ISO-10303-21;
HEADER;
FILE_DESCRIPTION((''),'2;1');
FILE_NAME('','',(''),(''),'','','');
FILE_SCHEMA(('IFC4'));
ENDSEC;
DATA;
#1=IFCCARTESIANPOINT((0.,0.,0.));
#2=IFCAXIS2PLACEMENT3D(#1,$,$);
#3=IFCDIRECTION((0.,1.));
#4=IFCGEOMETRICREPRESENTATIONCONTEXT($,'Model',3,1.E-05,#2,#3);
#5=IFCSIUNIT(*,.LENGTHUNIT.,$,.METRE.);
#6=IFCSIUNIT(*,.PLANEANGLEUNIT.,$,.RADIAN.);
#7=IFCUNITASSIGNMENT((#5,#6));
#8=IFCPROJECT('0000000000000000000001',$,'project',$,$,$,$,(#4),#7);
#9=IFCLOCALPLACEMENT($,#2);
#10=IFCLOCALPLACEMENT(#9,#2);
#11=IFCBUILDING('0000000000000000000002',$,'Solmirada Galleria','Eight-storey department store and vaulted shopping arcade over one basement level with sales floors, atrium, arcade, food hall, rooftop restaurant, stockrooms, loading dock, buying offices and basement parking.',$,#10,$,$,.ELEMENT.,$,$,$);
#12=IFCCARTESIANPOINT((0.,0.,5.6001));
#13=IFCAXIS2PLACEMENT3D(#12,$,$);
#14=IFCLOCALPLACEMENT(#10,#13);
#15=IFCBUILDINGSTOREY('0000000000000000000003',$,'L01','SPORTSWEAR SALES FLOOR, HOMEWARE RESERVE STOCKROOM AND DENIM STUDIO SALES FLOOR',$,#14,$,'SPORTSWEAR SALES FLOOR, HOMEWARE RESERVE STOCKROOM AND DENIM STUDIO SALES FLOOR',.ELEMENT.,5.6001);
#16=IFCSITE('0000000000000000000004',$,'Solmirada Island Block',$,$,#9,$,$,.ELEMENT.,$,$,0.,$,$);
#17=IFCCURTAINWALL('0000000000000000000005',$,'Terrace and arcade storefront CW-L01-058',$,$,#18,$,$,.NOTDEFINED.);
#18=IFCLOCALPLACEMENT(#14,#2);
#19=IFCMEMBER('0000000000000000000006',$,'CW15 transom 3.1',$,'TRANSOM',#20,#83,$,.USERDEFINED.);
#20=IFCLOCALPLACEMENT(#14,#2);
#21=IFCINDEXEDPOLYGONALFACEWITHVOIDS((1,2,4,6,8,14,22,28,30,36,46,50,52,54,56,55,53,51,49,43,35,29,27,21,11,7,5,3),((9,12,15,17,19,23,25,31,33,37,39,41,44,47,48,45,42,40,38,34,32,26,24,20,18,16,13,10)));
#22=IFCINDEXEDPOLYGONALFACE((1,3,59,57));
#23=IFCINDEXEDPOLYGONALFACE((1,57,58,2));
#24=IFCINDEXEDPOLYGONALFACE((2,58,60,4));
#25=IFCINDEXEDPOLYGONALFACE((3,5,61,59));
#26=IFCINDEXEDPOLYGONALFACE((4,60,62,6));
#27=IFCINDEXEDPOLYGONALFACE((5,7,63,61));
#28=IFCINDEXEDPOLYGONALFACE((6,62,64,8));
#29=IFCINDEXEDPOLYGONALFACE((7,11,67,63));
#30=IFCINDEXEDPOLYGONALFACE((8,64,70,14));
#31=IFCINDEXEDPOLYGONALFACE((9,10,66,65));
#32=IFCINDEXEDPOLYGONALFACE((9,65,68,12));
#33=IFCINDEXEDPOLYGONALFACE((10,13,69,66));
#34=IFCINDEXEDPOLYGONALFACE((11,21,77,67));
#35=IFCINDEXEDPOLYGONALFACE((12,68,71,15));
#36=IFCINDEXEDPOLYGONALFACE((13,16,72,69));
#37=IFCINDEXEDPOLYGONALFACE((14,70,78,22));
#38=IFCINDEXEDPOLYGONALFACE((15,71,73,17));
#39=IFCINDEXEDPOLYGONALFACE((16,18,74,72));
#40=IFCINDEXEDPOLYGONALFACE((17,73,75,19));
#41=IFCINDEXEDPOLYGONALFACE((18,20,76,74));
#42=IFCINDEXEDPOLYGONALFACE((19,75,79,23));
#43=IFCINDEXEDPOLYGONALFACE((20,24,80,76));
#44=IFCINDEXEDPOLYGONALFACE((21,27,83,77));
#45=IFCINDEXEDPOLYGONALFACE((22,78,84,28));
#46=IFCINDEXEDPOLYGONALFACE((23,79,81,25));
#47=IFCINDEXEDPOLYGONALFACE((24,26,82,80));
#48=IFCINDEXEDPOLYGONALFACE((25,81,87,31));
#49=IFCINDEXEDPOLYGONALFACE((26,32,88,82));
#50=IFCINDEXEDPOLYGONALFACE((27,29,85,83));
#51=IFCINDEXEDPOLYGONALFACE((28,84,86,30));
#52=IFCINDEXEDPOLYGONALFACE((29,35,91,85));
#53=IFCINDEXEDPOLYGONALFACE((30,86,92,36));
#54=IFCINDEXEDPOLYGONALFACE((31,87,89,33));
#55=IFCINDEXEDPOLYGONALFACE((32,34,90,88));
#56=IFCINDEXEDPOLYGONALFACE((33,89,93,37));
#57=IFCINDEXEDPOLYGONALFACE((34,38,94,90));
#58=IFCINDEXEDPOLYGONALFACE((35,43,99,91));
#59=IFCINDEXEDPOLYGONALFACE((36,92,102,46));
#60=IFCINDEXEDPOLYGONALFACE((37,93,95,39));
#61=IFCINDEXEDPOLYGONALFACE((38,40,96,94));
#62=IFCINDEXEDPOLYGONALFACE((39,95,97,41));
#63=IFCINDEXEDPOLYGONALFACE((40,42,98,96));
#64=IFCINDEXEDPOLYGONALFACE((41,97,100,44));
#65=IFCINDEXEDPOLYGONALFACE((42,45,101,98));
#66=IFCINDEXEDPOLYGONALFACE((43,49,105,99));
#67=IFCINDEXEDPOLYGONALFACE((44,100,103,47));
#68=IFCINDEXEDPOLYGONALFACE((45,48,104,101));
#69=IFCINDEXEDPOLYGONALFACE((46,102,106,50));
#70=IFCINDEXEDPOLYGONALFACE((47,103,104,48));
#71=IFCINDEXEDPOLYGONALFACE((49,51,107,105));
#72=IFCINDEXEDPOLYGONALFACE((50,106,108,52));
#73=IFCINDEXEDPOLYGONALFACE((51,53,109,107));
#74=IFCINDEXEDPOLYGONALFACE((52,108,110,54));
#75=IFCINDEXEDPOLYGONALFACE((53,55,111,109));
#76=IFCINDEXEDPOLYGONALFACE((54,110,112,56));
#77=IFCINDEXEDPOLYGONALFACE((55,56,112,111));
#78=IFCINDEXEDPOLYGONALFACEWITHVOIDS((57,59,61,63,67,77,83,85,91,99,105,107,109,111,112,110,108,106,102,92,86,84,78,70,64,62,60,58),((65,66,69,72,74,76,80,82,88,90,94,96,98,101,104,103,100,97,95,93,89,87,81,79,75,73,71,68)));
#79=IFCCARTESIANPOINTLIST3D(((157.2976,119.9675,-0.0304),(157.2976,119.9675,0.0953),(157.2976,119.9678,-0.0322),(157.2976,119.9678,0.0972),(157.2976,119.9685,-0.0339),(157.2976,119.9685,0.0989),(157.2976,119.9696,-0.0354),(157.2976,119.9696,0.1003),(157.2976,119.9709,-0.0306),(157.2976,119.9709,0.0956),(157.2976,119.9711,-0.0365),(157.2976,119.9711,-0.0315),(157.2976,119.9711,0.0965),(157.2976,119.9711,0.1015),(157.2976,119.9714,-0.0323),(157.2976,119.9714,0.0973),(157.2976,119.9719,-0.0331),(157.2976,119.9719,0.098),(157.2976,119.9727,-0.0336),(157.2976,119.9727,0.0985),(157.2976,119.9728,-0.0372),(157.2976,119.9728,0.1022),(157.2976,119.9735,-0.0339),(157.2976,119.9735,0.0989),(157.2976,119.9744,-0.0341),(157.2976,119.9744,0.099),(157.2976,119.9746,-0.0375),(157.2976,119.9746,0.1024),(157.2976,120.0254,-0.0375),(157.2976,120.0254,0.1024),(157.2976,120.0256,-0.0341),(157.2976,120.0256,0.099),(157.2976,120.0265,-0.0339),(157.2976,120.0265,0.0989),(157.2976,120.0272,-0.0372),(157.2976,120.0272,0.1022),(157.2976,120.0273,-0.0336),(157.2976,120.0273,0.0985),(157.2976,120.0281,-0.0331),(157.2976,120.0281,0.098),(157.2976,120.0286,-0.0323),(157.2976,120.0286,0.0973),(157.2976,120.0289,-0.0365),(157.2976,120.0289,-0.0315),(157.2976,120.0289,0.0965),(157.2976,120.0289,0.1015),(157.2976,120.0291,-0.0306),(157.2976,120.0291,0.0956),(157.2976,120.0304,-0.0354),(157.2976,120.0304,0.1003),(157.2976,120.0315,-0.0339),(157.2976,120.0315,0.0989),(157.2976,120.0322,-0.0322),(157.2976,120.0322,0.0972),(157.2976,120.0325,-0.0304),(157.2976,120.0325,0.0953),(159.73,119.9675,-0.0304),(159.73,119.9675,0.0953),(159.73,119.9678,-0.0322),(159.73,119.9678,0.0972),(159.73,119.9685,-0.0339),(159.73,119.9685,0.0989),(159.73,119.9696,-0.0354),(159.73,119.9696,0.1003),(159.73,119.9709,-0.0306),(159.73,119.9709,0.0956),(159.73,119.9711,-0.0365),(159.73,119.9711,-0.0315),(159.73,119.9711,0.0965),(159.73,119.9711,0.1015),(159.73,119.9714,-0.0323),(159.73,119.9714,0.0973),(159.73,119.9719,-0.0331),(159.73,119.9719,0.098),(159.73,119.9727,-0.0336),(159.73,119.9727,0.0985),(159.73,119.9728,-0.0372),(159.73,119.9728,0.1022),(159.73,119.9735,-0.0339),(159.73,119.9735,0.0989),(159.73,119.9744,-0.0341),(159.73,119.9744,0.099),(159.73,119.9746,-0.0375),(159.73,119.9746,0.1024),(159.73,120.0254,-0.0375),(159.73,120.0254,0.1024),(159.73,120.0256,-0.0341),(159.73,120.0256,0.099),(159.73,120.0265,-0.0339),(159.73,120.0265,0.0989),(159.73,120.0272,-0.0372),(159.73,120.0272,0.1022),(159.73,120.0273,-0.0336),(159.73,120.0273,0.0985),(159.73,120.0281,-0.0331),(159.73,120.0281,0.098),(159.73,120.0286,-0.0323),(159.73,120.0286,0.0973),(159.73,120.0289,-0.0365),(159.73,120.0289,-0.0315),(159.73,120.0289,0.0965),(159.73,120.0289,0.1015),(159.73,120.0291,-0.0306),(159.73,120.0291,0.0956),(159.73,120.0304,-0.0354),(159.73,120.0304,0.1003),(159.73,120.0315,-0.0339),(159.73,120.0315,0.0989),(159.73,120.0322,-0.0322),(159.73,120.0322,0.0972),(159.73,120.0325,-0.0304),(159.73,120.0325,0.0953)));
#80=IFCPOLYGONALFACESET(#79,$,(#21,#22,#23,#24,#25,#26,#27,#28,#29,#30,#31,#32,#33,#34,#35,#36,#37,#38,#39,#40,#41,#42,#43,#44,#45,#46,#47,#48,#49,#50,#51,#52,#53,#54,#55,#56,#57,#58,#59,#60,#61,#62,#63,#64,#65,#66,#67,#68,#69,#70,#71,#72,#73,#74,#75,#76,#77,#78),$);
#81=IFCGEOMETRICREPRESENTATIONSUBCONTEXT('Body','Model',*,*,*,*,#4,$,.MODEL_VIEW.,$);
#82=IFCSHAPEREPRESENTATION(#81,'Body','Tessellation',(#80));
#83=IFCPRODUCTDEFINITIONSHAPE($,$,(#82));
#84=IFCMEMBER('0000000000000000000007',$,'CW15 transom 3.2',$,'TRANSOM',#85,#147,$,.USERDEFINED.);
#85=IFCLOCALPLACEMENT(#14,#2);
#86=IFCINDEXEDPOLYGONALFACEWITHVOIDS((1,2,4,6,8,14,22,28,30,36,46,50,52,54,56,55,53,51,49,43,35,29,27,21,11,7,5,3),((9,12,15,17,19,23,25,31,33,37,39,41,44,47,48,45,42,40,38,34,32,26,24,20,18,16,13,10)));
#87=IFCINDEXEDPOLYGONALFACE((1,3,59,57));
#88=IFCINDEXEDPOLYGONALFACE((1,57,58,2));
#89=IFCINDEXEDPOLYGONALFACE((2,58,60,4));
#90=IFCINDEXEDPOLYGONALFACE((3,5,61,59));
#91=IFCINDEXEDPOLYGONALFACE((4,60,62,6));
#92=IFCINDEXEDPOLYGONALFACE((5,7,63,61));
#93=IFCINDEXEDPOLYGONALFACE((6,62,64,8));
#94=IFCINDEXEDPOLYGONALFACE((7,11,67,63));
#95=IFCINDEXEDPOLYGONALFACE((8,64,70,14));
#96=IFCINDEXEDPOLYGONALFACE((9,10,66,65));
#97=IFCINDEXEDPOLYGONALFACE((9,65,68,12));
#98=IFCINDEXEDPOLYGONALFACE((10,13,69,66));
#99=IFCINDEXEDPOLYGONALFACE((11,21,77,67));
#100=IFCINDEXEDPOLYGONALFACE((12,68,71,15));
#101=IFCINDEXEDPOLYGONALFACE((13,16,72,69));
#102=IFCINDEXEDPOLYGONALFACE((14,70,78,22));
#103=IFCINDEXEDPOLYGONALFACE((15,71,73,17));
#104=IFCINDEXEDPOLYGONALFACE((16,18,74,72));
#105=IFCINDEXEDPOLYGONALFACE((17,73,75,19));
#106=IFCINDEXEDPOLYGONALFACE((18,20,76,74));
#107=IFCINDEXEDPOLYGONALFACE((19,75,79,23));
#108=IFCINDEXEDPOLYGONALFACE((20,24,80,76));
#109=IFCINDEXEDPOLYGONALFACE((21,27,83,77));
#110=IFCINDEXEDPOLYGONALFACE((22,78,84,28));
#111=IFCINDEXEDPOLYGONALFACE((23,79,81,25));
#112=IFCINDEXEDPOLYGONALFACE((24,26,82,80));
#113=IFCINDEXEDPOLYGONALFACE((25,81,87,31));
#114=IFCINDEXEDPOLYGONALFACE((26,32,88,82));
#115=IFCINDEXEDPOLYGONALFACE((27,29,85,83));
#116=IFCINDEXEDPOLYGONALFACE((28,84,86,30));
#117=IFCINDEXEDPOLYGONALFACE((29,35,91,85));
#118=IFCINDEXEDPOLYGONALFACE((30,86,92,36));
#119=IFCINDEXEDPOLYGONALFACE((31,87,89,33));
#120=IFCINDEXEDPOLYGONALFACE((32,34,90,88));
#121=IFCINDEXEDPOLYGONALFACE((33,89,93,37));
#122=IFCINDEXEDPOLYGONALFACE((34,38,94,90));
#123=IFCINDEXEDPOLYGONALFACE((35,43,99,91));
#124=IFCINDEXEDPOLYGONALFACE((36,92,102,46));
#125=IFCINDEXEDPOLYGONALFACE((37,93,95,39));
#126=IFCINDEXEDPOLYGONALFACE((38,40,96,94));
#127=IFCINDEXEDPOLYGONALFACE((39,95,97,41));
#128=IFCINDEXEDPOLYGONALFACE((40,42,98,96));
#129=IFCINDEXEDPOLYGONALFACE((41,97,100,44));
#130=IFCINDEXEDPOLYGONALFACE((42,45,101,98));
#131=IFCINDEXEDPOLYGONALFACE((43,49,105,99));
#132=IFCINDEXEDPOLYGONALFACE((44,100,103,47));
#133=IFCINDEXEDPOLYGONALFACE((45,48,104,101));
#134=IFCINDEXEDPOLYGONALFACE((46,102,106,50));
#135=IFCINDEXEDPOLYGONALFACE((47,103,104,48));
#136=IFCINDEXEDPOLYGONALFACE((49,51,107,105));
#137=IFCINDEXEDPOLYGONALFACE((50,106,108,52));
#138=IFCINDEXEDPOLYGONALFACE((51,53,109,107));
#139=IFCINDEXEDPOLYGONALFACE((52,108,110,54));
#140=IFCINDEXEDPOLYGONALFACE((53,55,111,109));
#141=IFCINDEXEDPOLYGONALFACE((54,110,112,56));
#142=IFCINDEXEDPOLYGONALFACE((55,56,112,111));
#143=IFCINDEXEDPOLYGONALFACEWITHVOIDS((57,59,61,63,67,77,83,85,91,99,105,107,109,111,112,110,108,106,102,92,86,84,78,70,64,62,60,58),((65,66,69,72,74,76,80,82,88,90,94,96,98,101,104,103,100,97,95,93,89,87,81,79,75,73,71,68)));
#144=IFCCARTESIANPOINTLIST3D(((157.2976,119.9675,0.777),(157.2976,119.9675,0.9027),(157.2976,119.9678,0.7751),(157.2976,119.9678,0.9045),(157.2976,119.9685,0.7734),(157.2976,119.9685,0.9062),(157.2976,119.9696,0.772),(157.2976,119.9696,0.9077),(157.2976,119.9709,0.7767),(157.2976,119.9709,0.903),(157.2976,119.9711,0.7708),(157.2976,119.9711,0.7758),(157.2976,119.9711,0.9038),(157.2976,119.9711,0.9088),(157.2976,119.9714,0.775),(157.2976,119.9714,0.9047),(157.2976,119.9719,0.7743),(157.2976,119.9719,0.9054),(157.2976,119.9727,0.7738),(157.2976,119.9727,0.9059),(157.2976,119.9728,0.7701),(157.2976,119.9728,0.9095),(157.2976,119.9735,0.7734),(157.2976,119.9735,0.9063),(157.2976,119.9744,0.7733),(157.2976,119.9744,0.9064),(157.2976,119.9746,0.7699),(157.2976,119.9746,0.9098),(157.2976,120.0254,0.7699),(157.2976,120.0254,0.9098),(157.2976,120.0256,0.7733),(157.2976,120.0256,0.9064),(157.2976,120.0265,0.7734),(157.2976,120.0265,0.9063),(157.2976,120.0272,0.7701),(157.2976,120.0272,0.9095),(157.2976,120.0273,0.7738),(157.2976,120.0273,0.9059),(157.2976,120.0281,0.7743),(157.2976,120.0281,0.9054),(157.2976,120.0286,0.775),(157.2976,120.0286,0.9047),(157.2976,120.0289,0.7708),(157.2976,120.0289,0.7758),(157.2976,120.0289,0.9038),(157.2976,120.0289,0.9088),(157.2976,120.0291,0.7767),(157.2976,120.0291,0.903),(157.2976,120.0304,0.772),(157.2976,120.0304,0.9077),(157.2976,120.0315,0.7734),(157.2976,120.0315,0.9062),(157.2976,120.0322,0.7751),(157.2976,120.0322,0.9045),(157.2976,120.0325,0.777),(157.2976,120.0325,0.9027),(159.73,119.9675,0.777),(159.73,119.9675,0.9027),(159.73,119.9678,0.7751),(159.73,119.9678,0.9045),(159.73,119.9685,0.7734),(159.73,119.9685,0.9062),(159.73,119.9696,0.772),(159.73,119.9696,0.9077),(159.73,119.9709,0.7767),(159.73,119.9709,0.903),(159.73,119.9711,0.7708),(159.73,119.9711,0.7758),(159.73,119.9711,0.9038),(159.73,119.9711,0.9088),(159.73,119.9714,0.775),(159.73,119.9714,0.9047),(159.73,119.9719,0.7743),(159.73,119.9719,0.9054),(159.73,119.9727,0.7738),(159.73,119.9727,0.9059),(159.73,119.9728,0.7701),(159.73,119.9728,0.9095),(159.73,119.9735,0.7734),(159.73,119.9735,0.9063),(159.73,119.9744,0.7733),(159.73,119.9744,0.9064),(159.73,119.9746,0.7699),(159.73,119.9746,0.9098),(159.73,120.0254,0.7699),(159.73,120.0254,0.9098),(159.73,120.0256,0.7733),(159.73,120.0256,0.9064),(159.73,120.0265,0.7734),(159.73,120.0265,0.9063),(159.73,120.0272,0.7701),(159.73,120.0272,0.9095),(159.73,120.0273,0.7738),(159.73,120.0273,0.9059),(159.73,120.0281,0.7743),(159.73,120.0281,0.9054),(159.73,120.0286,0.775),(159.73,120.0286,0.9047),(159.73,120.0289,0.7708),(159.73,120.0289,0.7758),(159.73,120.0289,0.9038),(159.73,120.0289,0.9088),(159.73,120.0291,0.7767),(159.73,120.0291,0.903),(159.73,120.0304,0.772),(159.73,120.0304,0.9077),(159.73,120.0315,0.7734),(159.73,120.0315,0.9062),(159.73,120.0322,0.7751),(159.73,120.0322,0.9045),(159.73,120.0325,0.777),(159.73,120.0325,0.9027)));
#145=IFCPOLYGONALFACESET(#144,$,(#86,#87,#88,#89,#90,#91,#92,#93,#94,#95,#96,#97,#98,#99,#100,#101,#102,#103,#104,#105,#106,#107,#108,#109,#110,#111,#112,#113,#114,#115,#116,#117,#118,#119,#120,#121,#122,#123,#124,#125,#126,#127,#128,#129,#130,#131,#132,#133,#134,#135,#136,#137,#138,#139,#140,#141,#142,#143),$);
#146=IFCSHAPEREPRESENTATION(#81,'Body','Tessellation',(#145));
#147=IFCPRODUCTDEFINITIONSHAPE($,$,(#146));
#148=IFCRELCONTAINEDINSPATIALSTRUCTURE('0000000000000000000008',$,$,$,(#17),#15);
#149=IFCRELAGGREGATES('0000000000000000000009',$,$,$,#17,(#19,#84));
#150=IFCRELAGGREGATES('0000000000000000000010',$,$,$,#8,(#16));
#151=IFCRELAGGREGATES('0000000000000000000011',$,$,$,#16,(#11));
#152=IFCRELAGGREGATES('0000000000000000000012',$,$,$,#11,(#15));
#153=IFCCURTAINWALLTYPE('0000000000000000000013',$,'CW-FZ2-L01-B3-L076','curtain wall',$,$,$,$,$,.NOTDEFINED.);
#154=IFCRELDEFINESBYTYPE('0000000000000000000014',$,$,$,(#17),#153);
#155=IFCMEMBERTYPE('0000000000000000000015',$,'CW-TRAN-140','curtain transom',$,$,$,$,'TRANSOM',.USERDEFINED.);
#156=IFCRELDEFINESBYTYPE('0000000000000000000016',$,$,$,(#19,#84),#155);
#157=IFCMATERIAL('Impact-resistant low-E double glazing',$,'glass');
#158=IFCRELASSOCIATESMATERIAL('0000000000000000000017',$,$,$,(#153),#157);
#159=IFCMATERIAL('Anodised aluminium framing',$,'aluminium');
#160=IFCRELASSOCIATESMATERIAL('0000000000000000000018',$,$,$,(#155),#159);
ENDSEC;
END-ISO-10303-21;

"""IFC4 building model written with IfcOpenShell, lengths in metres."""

from ifc_helpers import new_model, si_unit, direction, frame, origin, origin_2d, place, context, subcontext, project, spatial, hollow_rectangle, extrude, material, material_profile, profile_set, type_object, element, aggregate, save


model = new_model("IFC4")

# Units and contexts
model_context = context("Model", 3, precision=1e-05, world=origin(), true_north=direction((0.0, 1.0)))
body_context = subcontext(model_context, "Body", "Model", "MODEL_VIEW")
ifc_project = project(units=[si_unit("LENGTHUNIT", "METRE"), si_unit("PLANEANGLEUNIT", "RADIAN")], contexts=[model_context])

# Site, building, storey
site_placement = place(None, origin())
site = spatial("IfcSite", under=ifc_project, at=site_placement, Name="Solmirada Island Block", CompositionType="ELEMENT", RefElevation=0.0)
building_placement = place(site_placement, origin())
building = spatial("IfcBuilding", under=site, at=building_placement, Name="Solmirada Galleria", Description="Eight-storey department store and vaulted shopping arcade over one basement level with sales floors, atrium, arcade, food hall, rooftop restaurant, stockrooms, loading dock, buying offices and basement parking.", CompositionType="ELEMENT")
storey_placement = place(building_placement, frame((0.0, 0.0, 5.6001)))
storey = spatial("IfcBuildingStorey", under=building, at=storey_placement, Name="L01", Description="SPORTSWEAR SALES FLOOR, HOMEWARE RESERVE STOCKROOM AND DENIM STUDIO SALES FLOOR", LongName="SPORTSWEAR SALES FLOOR, HOMEWARE RESERVE STOCKROOM AND DENIM STUDIO SALES FLOOR", CompositionType="ELEMENT", Elevation=5.6001)

# Curtain wall, members
ifc_material_1 = material(Name="Impact-resistant low-E double glazing", Category="glass")
curtain_wall_type = type_object("IfcCurtainWallType", Name="CW-FZ2-L01-B3-L076", Description="curtain wall", PredefinedType="NOTDEFINED", material=ifc_material_1)
curtain_wall_placement = place(storey_placement, origin())
curtain_wall = element("IfcCurtainWall", 1, at=curtain_wall_placement, inside=storey, type_object=curtain_wall_type, Name="Terrace and arcade storefront CW-L01-058", PredefinedType="NOTDEFINED")
ifc_material_2 = material(Name="Anodised aluminium framing", Category="aluminium")
ifc_material_profile_1 = material_profile(ifc_material_2, hollow_rectangle(XDim=0.0649, YDim=0.1399, WallThickness=0.0034, InnerFilletRadius=0.0034, OuterFilletRadius=0.0071, at=origin_2d()), Name="ALU-TRAN-140X65")
ifc_profile_set_1 = profile_set([ifc_material_profile_1], Name="Anodised aluminium framing")
member_type_1 = type_object("IfcMemberType", Name="CW-TRAN-140", Description="curtain transom", ElementType="TRANSOM", PredefinedType="USERDEFINED", material=ifc_profile_set_1)
member_1_placement = place(storey_placement, frame((157.2976, 120.0, 0.0325), z_axis=(1.0, 0.0, 0.0), x_axis=(0.0, 1.0, 0.0)))
member_1 = element("IfcMember", 2, at=member_1_placement, type_object=member_type_1, Name="CW15 transom 3.1", ObjectType="TRANSOM", PredefinedType="USERDEFINED", context=body_context, shape_type="SweptSolid", body=[
    extrude(hollow_rectangle(XDim=0.0649, YDim=0.1399, WallThickness=0.0034, InnerFilletRadius=0.0034, OuterFilletRadius=0.0071, at=origin_2d()), origin(), (0.0, 0.0, 1.0), 2.4324),
])
member_2_placement = place(storey_placement, frame((157.2976, 120.0, 0.8398), z_axis=(1.0, 0.0, 0.0), x_axis=(0.0, 1.0, 0.0)))
member_2 = element("IfcMember", 3, at=member_2_placement, type_object=member_type_1, Name="CW15 transom 3.2", ObjectType="TRANSOM", PredefinedType="USERDEFINED", context=body_context, shape_type="SweptSolid", body=[
    extrude(hollow_rectangle(XDim=0.0649, YDim=0.1399, WallThickness=0.0034, InnerFilletRadius=0.0034, OuterFilletRadius=0.0071, at=origin_2d()), origin(), (0.0, 0.0, 1.0), 2.4324),
])
aggregate(curtain_wall, [member_1, member_2])

save(model, "model.ifc")
